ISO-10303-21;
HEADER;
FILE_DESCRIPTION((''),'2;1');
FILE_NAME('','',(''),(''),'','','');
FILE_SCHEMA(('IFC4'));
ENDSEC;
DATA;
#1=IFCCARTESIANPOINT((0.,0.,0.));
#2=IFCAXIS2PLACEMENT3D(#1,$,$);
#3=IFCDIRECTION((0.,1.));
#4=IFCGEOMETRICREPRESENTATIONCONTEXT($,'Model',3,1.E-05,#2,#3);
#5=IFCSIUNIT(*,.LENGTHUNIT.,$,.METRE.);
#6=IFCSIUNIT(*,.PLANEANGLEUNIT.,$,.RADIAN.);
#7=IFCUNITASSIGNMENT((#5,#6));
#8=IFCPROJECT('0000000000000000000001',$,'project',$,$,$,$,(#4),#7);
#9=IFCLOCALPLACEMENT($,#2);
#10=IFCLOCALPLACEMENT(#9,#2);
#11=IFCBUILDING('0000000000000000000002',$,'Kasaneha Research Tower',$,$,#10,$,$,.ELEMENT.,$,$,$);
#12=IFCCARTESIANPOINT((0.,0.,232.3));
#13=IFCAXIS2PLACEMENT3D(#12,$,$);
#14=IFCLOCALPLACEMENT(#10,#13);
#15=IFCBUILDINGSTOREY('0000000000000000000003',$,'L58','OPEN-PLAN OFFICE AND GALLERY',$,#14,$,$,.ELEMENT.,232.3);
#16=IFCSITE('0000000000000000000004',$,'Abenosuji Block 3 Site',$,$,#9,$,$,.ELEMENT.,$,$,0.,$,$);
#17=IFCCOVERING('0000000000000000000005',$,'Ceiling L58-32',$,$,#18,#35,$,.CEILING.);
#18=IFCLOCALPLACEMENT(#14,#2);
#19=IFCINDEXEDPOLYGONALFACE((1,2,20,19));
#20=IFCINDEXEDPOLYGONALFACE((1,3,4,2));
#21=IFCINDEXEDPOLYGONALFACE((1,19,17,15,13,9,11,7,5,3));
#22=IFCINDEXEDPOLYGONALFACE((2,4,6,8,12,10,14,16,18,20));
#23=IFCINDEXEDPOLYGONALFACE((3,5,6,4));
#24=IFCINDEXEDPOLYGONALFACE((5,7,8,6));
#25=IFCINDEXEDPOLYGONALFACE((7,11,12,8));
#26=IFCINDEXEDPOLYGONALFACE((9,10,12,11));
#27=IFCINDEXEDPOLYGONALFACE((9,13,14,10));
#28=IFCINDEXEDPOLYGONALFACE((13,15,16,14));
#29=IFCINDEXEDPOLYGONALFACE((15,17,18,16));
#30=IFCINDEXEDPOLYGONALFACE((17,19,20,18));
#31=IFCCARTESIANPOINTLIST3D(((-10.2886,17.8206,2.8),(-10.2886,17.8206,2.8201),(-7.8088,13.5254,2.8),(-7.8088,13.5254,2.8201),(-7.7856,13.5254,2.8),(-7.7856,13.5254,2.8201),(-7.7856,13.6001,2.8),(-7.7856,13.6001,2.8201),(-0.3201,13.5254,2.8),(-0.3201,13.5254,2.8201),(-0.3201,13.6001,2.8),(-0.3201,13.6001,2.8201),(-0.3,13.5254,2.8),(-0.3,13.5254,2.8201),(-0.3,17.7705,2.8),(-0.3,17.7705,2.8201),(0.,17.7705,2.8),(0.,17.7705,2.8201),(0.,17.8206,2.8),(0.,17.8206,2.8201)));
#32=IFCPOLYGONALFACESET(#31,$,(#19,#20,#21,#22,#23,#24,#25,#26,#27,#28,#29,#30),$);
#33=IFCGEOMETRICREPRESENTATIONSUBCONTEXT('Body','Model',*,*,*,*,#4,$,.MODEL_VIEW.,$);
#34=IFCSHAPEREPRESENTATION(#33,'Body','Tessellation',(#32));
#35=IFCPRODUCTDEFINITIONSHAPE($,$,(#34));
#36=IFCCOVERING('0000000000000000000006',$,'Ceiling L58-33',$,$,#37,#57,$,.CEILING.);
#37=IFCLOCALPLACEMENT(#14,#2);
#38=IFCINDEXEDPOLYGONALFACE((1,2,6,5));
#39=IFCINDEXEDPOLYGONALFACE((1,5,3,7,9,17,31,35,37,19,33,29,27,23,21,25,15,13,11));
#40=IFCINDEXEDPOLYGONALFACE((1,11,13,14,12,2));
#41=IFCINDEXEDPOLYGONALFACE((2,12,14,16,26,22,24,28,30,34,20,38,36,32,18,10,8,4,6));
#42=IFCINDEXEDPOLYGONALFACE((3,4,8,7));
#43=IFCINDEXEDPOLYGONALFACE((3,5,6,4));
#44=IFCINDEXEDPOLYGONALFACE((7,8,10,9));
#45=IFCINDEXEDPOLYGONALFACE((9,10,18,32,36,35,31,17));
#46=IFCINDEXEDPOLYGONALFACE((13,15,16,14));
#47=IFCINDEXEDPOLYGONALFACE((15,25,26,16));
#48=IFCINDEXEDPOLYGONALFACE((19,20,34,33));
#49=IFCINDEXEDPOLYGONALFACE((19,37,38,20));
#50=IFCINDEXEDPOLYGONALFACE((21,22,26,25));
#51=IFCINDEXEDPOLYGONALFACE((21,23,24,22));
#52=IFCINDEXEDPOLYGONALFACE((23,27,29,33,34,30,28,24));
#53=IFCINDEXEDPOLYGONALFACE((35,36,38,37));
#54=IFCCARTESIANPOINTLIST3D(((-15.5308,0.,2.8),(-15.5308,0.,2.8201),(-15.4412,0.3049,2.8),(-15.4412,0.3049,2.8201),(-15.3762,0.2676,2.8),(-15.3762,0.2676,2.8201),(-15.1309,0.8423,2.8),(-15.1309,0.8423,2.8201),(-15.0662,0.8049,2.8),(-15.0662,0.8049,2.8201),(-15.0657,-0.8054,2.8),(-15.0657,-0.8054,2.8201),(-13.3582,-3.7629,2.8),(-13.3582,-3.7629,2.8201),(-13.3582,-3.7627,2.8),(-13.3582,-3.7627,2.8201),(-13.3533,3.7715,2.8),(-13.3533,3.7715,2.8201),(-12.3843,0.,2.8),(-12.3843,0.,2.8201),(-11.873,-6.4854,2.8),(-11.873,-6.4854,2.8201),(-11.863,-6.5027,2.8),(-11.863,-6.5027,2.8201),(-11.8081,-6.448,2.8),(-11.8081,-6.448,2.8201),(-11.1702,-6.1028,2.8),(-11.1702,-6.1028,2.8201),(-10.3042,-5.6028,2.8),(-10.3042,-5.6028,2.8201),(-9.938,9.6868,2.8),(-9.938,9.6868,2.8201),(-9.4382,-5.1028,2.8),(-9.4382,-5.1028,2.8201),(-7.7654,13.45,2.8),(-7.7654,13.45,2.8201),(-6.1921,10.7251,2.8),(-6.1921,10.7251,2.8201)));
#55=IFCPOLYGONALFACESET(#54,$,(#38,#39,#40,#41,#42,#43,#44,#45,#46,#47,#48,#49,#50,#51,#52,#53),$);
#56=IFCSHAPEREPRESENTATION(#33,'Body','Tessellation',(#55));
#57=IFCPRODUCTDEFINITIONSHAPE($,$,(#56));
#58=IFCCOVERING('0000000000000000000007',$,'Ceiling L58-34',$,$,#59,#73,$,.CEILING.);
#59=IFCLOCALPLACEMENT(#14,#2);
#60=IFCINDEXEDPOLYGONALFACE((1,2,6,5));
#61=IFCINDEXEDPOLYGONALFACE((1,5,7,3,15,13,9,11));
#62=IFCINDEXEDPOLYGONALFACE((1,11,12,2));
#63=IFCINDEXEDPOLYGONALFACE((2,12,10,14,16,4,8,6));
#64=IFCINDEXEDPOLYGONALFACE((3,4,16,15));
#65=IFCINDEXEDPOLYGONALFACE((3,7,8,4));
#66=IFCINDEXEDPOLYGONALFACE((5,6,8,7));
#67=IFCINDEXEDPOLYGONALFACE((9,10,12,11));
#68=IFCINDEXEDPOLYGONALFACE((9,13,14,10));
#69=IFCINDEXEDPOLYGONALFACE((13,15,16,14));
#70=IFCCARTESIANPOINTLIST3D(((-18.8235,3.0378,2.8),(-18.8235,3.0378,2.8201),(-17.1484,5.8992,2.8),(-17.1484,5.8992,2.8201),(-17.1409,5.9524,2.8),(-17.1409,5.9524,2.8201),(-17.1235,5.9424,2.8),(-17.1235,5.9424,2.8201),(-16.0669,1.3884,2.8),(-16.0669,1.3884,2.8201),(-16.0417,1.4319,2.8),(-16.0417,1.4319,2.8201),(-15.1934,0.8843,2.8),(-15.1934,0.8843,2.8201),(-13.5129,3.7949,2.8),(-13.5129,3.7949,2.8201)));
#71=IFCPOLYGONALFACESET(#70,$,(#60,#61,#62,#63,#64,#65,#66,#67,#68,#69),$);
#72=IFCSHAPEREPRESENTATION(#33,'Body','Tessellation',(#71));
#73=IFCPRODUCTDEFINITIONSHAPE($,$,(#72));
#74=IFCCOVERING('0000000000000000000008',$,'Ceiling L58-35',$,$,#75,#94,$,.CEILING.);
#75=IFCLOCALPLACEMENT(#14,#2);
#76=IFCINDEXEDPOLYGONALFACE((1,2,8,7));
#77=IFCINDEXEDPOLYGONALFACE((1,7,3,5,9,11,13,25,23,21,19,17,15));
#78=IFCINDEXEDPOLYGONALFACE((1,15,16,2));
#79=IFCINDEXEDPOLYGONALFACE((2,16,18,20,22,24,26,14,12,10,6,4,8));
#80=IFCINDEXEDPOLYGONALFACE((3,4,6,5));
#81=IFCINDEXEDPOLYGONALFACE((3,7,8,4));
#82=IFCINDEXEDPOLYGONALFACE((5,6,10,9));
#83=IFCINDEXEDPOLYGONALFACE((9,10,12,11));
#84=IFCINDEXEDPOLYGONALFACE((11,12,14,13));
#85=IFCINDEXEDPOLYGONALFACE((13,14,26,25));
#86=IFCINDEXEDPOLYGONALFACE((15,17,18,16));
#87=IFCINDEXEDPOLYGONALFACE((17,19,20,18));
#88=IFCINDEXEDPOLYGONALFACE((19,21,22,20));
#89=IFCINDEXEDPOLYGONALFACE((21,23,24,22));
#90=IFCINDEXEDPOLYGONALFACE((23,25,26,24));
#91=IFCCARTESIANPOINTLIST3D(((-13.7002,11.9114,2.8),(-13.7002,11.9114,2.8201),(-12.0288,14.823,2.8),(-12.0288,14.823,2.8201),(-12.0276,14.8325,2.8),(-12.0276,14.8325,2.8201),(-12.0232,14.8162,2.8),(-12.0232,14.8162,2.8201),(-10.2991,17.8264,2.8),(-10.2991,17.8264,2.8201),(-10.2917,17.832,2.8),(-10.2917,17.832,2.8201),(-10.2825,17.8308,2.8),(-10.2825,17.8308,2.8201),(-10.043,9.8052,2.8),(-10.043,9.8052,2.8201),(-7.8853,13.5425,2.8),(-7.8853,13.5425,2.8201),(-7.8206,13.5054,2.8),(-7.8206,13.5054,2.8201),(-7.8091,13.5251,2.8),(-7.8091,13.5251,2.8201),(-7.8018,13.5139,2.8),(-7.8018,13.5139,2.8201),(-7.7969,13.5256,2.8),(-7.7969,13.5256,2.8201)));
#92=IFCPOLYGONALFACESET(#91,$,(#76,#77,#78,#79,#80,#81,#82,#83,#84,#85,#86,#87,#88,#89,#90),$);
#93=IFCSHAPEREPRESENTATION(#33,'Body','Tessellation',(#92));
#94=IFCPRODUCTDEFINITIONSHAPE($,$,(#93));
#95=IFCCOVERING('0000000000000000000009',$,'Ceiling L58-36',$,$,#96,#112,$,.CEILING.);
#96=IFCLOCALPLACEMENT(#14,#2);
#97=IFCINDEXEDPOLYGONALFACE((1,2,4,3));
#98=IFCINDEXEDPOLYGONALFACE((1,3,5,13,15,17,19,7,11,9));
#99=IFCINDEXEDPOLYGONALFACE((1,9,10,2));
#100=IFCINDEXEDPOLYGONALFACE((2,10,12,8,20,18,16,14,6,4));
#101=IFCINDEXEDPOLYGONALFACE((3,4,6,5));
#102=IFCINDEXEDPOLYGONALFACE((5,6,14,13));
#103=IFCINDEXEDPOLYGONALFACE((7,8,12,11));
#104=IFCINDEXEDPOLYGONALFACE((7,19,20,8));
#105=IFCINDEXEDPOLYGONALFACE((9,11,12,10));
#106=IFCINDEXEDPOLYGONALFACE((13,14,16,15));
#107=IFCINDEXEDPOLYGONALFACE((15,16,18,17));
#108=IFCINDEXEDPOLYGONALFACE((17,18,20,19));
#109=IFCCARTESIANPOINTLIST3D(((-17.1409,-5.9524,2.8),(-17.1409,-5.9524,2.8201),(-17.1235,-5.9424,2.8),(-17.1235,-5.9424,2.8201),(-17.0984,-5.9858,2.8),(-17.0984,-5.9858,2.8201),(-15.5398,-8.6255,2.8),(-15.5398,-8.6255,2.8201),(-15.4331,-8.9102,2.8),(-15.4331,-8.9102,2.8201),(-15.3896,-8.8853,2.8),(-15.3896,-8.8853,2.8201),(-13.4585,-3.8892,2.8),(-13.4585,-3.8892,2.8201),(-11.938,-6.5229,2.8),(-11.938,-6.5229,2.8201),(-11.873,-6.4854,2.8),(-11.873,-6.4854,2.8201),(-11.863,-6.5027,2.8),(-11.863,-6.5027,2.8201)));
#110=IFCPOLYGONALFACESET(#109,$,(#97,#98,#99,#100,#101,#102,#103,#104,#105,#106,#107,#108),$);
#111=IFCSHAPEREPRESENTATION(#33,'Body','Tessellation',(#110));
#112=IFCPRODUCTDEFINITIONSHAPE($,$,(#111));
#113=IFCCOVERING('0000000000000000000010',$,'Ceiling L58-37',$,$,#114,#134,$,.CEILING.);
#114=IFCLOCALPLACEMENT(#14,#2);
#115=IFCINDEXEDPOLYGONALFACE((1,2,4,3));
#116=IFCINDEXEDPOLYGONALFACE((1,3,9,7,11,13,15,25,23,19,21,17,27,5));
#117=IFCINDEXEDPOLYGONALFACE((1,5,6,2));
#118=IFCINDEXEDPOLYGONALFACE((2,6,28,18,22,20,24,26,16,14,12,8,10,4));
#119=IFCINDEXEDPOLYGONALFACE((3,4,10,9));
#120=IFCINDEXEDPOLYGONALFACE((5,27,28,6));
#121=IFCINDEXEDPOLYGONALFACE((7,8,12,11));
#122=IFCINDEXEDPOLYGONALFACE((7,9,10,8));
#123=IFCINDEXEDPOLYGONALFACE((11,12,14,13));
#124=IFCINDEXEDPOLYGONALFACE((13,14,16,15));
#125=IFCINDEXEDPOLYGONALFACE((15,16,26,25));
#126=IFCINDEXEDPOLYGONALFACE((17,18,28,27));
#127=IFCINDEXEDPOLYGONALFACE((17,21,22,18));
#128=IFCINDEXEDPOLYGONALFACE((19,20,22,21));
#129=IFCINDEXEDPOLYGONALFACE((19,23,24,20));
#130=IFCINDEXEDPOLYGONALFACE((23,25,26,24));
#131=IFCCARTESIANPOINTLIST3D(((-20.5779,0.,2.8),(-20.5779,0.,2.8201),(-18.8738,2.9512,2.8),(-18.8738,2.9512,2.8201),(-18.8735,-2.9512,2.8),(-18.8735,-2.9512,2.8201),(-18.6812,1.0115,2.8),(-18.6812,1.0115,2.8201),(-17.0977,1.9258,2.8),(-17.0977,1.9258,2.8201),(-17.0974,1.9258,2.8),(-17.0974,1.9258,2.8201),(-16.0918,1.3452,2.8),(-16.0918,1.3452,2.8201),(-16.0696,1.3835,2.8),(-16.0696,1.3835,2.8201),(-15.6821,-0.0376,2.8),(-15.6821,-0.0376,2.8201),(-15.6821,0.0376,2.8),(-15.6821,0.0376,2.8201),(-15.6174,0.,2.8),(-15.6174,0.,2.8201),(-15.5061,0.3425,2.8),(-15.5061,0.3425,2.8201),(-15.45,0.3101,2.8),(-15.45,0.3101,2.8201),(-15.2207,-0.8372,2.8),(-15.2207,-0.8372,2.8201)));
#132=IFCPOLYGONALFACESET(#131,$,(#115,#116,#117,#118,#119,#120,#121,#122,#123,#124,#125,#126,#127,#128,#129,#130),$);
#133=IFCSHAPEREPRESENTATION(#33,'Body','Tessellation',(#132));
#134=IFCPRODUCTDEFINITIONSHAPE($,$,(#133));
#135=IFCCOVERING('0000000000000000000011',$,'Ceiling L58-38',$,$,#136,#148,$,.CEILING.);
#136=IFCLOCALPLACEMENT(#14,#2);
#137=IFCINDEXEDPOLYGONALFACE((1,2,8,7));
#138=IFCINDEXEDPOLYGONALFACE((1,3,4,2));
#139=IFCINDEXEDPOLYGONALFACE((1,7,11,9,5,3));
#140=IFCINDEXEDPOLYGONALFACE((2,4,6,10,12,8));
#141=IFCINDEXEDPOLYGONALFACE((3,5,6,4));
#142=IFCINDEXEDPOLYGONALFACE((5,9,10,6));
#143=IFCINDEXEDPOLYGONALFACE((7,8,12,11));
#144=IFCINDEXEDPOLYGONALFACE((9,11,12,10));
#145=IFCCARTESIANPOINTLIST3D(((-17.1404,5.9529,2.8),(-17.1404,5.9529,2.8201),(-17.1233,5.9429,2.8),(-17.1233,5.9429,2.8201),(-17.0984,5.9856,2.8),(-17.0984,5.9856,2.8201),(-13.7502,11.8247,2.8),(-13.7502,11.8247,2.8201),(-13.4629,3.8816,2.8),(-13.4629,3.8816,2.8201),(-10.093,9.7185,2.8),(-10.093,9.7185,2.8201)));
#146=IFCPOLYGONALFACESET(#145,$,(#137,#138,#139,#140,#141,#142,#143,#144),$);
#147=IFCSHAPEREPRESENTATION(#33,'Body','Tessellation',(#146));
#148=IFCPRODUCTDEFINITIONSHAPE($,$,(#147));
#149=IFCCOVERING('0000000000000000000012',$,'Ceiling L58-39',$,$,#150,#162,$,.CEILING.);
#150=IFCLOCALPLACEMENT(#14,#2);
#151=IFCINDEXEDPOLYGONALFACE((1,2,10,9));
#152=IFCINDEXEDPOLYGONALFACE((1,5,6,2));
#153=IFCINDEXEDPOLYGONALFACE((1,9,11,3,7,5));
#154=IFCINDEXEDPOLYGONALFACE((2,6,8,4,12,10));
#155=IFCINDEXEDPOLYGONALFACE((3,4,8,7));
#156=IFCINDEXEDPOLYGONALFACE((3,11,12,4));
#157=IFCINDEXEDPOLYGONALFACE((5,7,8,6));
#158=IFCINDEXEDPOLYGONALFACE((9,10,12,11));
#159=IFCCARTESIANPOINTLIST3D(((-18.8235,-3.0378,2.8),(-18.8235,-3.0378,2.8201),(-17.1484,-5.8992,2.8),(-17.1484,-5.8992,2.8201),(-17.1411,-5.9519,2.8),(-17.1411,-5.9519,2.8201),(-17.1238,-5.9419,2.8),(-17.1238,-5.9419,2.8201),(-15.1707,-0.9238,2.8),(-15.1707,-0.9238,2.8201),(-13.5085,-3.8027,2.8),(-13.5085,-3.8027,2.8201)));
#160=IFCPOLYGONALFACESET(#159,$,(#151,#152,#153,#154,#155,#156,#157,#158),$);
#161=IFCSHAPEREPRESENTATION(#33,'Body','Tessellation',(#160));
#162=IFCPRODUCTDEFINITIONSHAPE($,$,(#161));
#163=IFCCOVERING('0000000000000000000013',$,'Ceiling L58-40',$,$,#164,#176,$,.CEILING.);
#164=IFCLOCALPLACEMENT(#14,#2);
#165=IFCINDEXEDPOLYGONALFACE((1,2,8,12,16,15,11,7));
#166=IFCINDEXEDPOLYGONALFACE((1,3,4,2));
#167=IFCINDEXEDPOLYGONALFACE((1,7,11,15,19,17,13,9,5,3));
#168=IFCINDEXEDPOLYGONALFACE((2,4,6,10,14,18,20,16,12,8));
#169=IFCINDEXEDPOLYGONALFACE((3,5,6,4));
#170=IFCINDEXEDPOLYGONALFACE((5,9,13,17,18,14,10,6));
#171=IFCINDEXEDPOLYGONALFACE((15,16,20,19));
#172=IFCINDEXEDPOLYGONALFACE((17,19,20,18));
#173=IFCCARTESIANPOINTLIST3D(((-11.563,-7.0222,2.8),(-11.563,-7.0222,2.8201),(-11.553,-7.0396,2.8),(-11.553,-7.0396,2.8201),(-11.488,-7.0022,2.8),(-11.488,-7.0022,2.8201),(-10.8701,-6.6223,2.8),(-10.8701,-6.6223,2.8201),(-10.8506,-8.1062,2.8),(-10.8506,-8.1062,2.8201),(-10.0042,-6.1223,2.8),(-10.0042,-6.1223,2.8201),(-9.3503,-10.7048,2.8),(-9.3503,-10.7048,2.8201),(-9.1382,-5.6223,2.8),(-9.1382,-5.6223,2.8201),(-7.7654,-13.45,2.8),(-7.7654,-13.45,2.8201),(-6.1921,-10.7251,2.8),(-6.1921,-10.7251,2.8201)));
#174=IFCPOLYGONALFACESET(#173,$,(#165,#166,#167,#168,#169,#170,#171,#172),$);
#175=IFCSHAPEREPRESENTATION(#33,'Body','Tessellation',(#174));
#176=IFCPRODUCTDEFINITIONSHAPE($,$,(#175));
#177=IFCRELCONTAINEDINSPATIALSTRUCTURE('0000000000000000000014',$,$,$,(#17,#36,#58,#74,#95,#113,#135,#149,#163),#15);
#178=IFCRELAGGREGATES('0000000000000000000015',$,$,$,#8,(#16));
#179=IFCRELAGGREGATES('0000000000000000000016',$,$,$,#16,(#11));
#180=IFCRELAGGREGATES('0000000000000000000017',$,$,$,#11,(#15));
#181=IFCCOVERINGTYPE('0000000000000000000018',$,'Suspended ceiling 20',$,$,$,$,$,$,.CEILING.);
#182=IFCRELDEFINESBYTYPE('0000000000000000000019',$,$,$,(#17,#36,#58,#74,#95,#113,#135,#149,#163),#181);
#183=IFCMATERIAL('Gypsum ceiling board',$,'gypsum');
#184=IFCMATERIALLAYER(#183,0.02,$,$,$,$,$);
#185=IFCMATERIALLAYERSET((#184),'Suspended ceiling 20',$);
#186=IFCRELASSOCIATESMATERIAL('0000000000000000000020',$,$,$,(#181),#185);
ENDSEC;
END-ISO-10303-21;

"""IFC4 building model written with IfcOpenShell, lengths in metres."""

from ifc_helpers import new_model, si_unit, direction, frame, origin, place, context, subcontext, project, spatial, polyline, outline, extrude, material, layer, layer_set, type_object, element, save


model = new_model("IFC4")

# Units and contexts
model_context = context("Model", 3, precision=1e-05, world=origin(), true_north=direction((0.0, 1.0)))
body_context = subcontext(model_context, "Body", "Model", "MODEL_VIEW")
ifc_project = project(units=[si_unit("LENGTHUNIT", "METRE"), si_unit("PLANEANGLEUNIT", "RADIAN")], contexts=[model_context])

# Site, building, storey
site_placement = place(None, origin())
site = spatial("IfcSite", under=ifc_project, at=site_placement, Name="Abenosuji Block 3 Site", CompositionType="ELEMENT", RefElevation=0.0)
building_placement = place(site_placement, origin())
building = spatial("IfcBuilding", under=site, at=building_placement, Name="Kasaneha Research Tower", CompositionType="ELEMENT")
storey_placement = place(building_placement, frame((0.0, 0.0, 232.3)))
storey = spatial("IfcBuildingStorey", under=building, at=storey_placement, Name="L58", Description="OPEN-PLAN OFFICE AND GALLERY", CompositionType="ELEMENT", Elevation=232.3)

# Coverings
ifc_material_1 = material(Name="Gypsum ceiling board", Category="gypsum")
ifc_layer_1 = layer(ifc_material_1, 0.02)
ifc_layer_set_1 = layer_set([ifc_layer_1], Name="Suspended ceiling 20")
covering_type_1 = type_object("IfcCoveringType", Name="Suspended ceiling 20", PredefinedType="CEILING", material=ifc_layer_set_1)
covering_1_placement = place(storey_placement, frame((0.0, 0.0, 2.8)))
element("IfcCovering", 1, at=covering_1_placement, inside=storey, type_object=covering_type_1, Name="Ceiling L58-32", PredefinedType="CEILING", context=body_context, shape_type="SweptSolid", body=[
    extrude(outline(polyline([(-0.3201, 13.5254), (-0.3201, 13.6001), (-7.7856, 13.6001), (-7.7856, 13.5254), (-7.8088, 13.5254), (-10.2886, 17.8206), (0.0, 17.8206), (0.0, 17.7705), (-0.3, 17.7705), (-0.3, 17.7705), (-0.3, 13.5254), (-0.3201, 13.5254)])), origin(), (0.0, 0.0, 1.0), 0.02),
])
covering_2_placement = place(storey_placement, frame((0.0, 0.0, 2.8)))
element("IfcCovering", 2, at=covering_2_placement, inside=storey, type_object=covering_type_1, Name="Ceiling L58-33", PredefinedType="CEILING", context=body_context, shape_type="SweptSolid", body=[
    extrude(outline(polyline([(-12.3843, 0.0), (-9.4382, -5.1028), (-10.3042, -5.6028), (-10.3042, -5.6028), (-11.1702, -6.1028), (-11.1702, -6.1028), (-11.863, -6.5027), (-11.873, -6.4854), (-11.8081, -6.448), (-13.3582, -3.7627), (-13.3582, -3.7629), (-15.0657, -0.8054), (-15.0657, -0.8054), (-15.5308, 0.0), (-15.3762, 0.2676), (-15.4412, 0.3049), (-15.1309, 0.8423), (-15.0662, 0.8049), (-13.3533, 3.7715), (-13.3533, 3.7715), (-9.938, 9.6868), (-9.938, 9.6868), (-7.7654, 13.45), (-6.1921, 10.7251), (-12.3843, 0.0)])), origin(), (0.0, 0.0, 1.0), 0.02),
])
covering_3_placement = place(storey_placement, frame((0.0, 0.0, 2.8)))
element("IfcCovering", 3, at=covering_3_placement, inside=storey, type_object=covering_type_1, Name="Ceiling L58-34", PredefinedType="CEILING", context=body_context, shape_type="SweptSolid", body=[
    extrude(outline(polyline([(-17.1235, 5.9424), (-17.1484, 5.8992), (-13.5129, 3.7949), (-15.1934, 0.8843), (-16.0669, 1.3884), (-16.0417, 1.4319), (-18.8235, 3.0378), (-17.1409, 5.9524), (-17.1235, 5.9424)])), origin(), (0.0, 0.0, 1.0), 0.02),
])
covering_4_placement = place(storey_placement, frame((0.0, 0.0, 2.8)))
element("IfcCovering", 4, at=covering_4_placement, inside=storey, type_object=covering_type_1, Name="Ceiling L58-35", PredefinedType="CEILING", context=body_context, shape_type="SweptSolid", body=[
    extrude(outline(polyline([(-12.0276, 14.8325), (-10.2991, 17.8264), (-10.2917, 17.832), (-10.2825, 17.8308), (-7.7969, 13.5256), (-7.8018, 13.5139), (-7.8091, 13.5251), (-7.8206, 13.5054), (-7.8853, 13.5425), (-10.043, 9.8052), (-13.7002, 11.9114), (-12.0232, 14.8162), (-12.0288, 14.823), (-12.0276, 14.8325)])), origin(), (0.0, 0.0, 1.0), 0.02),
])
covering_5_placement = place(storey_placement, frame((0.0, 0.0, 2.8)))
element("IfcCovering", 5, at=covering_5_placement, inside=storey, type_object=covering_type_1, Name="Ceiling L58-36", PredefinedType="CEILING", context=body_context, shape_type="SweptSolid", body=[
    extrude(outline(polyline([(-15.5398, -8.6255), (-15.5398, -8.6255), (-15.3896, -8.8853), (-15.4331, -8.9102), (-17.1409, -5.9524), (-17.1235, -5.9424), (-17.0984, -5.9858), (-13.4585, -3.8892), (-11.938, -6.5229), (-11.873, -6.4854), (-11.863, -6.5027), (-11.6033, -6.3528), (-15.5398, -8.6255), (-15.5398, -8.6255)])), origin(), (0.0, 0.0, 1.0), 0.02),
])
covering_6_placement = place(storey_placement, frame((0.0, 0.0, 2.8)))
element("IfcCovering", 6, at=covering_6_placement, inside=storey, type_object=covering_type_1, Name="Ceiling L58-37", PredefinedType="CEILING", context=body_context, shape_type="SweptSolid", body=[
    extrude(outline(polyline([(-20.5779, 0.0), (-18.8738, 2.9512), (-17.0977, 1.9258), (-18.6812, 1.0115), (-17.0974, 1.9258), (-16.0918, 1.3452), (-16.0696, 1.3835), (-15.45, 0.3101), (-15.5061, 0.3425), (-15.6821, 0.0376), (-15.6174, 0.0), (-15.6174, 0.0), (-15.6174, 0.0), (-15.6821, -0.0376), (-15.2207, -0.8372), (-18.8735, -2.9512), (-20.5779, 0.0)])), origin(), (0.0, 0.0, 1.0), 0.02),
])
covering_7_placement = place(storey_placement, frame((0.0, 0.0, 2.8)))
element("IfcCovering", 7, at=covering_7_placement, inside=storey, type_object=covering_type_1, Name="Ceiling L58-38", PredefinedType="CEILING", context=body_context, shape_type="SweptSolid", body=[
    extrude(outline(polyline([(-17.1404, 5.9529), (-13.7502, 11.8247), (-10.093, 9.7185), (-13.4629, 3.8816), (-17.0984, 5.9856), (-17.1233, 5.9429), (-17.1404, 5.9529)])), origin(), (0.0, 0.0, 1.0), 0.02),
])
covering_8_placement = place(storey_placement, frame((0.0, 0.0, 2.8)))
element("IfcCovering", 8, at=covering_8_placement, inside=storey, type_object=covering_type_1, Name="Ceiling L58-39", PredefinedType="CEILING", context=body_context, shape_type="SweptSolid", body=[
    extrude(outline(polyline([(-17.1411, -5.9519), (-18.8235, -3.0378), (-15.1707, -0.9238), (-13.5085, -3.8027), (-17.1484, -5.8992), (-17.1238, -5.9419), (-17.1411, -5.9519)])), origin(), (0.0, 0.0, 1.0), 0.02),
])
covering_9_placement = place(storey_placement, frame((0.0, 0.0, 2.8)))
element("IfcCovering", 9, at=covering_9_placement, inside=storey, type_object=covering_type_1, Name="Ceiling L58-40", PredefinedType="CEILING", context=body_context, shape_type="SweptSolid", body=[
    extrude(outline(polyline([(-10.8701, -6.6223), (-10.0042, -6.1223), (-10.0042, -6.1223), (-9.1382, -5.6223), (-6.1921, -10.7251), (-7.7654, -13.45), (-9.3503, -10.7048), (-9.3503, -10.7048), (-10.8506, -8.1062), (-10.8506, -8.1062), (-11.488, -7.0022), (-11.553, -7.0396), (-11.563, -7.0222), (-10.8701, -6.6223), (-10.8701, -6.6223)])), origin(), (0.0, 0.0, 1.0), 0.02),
])

save(model, "model.ifc")
